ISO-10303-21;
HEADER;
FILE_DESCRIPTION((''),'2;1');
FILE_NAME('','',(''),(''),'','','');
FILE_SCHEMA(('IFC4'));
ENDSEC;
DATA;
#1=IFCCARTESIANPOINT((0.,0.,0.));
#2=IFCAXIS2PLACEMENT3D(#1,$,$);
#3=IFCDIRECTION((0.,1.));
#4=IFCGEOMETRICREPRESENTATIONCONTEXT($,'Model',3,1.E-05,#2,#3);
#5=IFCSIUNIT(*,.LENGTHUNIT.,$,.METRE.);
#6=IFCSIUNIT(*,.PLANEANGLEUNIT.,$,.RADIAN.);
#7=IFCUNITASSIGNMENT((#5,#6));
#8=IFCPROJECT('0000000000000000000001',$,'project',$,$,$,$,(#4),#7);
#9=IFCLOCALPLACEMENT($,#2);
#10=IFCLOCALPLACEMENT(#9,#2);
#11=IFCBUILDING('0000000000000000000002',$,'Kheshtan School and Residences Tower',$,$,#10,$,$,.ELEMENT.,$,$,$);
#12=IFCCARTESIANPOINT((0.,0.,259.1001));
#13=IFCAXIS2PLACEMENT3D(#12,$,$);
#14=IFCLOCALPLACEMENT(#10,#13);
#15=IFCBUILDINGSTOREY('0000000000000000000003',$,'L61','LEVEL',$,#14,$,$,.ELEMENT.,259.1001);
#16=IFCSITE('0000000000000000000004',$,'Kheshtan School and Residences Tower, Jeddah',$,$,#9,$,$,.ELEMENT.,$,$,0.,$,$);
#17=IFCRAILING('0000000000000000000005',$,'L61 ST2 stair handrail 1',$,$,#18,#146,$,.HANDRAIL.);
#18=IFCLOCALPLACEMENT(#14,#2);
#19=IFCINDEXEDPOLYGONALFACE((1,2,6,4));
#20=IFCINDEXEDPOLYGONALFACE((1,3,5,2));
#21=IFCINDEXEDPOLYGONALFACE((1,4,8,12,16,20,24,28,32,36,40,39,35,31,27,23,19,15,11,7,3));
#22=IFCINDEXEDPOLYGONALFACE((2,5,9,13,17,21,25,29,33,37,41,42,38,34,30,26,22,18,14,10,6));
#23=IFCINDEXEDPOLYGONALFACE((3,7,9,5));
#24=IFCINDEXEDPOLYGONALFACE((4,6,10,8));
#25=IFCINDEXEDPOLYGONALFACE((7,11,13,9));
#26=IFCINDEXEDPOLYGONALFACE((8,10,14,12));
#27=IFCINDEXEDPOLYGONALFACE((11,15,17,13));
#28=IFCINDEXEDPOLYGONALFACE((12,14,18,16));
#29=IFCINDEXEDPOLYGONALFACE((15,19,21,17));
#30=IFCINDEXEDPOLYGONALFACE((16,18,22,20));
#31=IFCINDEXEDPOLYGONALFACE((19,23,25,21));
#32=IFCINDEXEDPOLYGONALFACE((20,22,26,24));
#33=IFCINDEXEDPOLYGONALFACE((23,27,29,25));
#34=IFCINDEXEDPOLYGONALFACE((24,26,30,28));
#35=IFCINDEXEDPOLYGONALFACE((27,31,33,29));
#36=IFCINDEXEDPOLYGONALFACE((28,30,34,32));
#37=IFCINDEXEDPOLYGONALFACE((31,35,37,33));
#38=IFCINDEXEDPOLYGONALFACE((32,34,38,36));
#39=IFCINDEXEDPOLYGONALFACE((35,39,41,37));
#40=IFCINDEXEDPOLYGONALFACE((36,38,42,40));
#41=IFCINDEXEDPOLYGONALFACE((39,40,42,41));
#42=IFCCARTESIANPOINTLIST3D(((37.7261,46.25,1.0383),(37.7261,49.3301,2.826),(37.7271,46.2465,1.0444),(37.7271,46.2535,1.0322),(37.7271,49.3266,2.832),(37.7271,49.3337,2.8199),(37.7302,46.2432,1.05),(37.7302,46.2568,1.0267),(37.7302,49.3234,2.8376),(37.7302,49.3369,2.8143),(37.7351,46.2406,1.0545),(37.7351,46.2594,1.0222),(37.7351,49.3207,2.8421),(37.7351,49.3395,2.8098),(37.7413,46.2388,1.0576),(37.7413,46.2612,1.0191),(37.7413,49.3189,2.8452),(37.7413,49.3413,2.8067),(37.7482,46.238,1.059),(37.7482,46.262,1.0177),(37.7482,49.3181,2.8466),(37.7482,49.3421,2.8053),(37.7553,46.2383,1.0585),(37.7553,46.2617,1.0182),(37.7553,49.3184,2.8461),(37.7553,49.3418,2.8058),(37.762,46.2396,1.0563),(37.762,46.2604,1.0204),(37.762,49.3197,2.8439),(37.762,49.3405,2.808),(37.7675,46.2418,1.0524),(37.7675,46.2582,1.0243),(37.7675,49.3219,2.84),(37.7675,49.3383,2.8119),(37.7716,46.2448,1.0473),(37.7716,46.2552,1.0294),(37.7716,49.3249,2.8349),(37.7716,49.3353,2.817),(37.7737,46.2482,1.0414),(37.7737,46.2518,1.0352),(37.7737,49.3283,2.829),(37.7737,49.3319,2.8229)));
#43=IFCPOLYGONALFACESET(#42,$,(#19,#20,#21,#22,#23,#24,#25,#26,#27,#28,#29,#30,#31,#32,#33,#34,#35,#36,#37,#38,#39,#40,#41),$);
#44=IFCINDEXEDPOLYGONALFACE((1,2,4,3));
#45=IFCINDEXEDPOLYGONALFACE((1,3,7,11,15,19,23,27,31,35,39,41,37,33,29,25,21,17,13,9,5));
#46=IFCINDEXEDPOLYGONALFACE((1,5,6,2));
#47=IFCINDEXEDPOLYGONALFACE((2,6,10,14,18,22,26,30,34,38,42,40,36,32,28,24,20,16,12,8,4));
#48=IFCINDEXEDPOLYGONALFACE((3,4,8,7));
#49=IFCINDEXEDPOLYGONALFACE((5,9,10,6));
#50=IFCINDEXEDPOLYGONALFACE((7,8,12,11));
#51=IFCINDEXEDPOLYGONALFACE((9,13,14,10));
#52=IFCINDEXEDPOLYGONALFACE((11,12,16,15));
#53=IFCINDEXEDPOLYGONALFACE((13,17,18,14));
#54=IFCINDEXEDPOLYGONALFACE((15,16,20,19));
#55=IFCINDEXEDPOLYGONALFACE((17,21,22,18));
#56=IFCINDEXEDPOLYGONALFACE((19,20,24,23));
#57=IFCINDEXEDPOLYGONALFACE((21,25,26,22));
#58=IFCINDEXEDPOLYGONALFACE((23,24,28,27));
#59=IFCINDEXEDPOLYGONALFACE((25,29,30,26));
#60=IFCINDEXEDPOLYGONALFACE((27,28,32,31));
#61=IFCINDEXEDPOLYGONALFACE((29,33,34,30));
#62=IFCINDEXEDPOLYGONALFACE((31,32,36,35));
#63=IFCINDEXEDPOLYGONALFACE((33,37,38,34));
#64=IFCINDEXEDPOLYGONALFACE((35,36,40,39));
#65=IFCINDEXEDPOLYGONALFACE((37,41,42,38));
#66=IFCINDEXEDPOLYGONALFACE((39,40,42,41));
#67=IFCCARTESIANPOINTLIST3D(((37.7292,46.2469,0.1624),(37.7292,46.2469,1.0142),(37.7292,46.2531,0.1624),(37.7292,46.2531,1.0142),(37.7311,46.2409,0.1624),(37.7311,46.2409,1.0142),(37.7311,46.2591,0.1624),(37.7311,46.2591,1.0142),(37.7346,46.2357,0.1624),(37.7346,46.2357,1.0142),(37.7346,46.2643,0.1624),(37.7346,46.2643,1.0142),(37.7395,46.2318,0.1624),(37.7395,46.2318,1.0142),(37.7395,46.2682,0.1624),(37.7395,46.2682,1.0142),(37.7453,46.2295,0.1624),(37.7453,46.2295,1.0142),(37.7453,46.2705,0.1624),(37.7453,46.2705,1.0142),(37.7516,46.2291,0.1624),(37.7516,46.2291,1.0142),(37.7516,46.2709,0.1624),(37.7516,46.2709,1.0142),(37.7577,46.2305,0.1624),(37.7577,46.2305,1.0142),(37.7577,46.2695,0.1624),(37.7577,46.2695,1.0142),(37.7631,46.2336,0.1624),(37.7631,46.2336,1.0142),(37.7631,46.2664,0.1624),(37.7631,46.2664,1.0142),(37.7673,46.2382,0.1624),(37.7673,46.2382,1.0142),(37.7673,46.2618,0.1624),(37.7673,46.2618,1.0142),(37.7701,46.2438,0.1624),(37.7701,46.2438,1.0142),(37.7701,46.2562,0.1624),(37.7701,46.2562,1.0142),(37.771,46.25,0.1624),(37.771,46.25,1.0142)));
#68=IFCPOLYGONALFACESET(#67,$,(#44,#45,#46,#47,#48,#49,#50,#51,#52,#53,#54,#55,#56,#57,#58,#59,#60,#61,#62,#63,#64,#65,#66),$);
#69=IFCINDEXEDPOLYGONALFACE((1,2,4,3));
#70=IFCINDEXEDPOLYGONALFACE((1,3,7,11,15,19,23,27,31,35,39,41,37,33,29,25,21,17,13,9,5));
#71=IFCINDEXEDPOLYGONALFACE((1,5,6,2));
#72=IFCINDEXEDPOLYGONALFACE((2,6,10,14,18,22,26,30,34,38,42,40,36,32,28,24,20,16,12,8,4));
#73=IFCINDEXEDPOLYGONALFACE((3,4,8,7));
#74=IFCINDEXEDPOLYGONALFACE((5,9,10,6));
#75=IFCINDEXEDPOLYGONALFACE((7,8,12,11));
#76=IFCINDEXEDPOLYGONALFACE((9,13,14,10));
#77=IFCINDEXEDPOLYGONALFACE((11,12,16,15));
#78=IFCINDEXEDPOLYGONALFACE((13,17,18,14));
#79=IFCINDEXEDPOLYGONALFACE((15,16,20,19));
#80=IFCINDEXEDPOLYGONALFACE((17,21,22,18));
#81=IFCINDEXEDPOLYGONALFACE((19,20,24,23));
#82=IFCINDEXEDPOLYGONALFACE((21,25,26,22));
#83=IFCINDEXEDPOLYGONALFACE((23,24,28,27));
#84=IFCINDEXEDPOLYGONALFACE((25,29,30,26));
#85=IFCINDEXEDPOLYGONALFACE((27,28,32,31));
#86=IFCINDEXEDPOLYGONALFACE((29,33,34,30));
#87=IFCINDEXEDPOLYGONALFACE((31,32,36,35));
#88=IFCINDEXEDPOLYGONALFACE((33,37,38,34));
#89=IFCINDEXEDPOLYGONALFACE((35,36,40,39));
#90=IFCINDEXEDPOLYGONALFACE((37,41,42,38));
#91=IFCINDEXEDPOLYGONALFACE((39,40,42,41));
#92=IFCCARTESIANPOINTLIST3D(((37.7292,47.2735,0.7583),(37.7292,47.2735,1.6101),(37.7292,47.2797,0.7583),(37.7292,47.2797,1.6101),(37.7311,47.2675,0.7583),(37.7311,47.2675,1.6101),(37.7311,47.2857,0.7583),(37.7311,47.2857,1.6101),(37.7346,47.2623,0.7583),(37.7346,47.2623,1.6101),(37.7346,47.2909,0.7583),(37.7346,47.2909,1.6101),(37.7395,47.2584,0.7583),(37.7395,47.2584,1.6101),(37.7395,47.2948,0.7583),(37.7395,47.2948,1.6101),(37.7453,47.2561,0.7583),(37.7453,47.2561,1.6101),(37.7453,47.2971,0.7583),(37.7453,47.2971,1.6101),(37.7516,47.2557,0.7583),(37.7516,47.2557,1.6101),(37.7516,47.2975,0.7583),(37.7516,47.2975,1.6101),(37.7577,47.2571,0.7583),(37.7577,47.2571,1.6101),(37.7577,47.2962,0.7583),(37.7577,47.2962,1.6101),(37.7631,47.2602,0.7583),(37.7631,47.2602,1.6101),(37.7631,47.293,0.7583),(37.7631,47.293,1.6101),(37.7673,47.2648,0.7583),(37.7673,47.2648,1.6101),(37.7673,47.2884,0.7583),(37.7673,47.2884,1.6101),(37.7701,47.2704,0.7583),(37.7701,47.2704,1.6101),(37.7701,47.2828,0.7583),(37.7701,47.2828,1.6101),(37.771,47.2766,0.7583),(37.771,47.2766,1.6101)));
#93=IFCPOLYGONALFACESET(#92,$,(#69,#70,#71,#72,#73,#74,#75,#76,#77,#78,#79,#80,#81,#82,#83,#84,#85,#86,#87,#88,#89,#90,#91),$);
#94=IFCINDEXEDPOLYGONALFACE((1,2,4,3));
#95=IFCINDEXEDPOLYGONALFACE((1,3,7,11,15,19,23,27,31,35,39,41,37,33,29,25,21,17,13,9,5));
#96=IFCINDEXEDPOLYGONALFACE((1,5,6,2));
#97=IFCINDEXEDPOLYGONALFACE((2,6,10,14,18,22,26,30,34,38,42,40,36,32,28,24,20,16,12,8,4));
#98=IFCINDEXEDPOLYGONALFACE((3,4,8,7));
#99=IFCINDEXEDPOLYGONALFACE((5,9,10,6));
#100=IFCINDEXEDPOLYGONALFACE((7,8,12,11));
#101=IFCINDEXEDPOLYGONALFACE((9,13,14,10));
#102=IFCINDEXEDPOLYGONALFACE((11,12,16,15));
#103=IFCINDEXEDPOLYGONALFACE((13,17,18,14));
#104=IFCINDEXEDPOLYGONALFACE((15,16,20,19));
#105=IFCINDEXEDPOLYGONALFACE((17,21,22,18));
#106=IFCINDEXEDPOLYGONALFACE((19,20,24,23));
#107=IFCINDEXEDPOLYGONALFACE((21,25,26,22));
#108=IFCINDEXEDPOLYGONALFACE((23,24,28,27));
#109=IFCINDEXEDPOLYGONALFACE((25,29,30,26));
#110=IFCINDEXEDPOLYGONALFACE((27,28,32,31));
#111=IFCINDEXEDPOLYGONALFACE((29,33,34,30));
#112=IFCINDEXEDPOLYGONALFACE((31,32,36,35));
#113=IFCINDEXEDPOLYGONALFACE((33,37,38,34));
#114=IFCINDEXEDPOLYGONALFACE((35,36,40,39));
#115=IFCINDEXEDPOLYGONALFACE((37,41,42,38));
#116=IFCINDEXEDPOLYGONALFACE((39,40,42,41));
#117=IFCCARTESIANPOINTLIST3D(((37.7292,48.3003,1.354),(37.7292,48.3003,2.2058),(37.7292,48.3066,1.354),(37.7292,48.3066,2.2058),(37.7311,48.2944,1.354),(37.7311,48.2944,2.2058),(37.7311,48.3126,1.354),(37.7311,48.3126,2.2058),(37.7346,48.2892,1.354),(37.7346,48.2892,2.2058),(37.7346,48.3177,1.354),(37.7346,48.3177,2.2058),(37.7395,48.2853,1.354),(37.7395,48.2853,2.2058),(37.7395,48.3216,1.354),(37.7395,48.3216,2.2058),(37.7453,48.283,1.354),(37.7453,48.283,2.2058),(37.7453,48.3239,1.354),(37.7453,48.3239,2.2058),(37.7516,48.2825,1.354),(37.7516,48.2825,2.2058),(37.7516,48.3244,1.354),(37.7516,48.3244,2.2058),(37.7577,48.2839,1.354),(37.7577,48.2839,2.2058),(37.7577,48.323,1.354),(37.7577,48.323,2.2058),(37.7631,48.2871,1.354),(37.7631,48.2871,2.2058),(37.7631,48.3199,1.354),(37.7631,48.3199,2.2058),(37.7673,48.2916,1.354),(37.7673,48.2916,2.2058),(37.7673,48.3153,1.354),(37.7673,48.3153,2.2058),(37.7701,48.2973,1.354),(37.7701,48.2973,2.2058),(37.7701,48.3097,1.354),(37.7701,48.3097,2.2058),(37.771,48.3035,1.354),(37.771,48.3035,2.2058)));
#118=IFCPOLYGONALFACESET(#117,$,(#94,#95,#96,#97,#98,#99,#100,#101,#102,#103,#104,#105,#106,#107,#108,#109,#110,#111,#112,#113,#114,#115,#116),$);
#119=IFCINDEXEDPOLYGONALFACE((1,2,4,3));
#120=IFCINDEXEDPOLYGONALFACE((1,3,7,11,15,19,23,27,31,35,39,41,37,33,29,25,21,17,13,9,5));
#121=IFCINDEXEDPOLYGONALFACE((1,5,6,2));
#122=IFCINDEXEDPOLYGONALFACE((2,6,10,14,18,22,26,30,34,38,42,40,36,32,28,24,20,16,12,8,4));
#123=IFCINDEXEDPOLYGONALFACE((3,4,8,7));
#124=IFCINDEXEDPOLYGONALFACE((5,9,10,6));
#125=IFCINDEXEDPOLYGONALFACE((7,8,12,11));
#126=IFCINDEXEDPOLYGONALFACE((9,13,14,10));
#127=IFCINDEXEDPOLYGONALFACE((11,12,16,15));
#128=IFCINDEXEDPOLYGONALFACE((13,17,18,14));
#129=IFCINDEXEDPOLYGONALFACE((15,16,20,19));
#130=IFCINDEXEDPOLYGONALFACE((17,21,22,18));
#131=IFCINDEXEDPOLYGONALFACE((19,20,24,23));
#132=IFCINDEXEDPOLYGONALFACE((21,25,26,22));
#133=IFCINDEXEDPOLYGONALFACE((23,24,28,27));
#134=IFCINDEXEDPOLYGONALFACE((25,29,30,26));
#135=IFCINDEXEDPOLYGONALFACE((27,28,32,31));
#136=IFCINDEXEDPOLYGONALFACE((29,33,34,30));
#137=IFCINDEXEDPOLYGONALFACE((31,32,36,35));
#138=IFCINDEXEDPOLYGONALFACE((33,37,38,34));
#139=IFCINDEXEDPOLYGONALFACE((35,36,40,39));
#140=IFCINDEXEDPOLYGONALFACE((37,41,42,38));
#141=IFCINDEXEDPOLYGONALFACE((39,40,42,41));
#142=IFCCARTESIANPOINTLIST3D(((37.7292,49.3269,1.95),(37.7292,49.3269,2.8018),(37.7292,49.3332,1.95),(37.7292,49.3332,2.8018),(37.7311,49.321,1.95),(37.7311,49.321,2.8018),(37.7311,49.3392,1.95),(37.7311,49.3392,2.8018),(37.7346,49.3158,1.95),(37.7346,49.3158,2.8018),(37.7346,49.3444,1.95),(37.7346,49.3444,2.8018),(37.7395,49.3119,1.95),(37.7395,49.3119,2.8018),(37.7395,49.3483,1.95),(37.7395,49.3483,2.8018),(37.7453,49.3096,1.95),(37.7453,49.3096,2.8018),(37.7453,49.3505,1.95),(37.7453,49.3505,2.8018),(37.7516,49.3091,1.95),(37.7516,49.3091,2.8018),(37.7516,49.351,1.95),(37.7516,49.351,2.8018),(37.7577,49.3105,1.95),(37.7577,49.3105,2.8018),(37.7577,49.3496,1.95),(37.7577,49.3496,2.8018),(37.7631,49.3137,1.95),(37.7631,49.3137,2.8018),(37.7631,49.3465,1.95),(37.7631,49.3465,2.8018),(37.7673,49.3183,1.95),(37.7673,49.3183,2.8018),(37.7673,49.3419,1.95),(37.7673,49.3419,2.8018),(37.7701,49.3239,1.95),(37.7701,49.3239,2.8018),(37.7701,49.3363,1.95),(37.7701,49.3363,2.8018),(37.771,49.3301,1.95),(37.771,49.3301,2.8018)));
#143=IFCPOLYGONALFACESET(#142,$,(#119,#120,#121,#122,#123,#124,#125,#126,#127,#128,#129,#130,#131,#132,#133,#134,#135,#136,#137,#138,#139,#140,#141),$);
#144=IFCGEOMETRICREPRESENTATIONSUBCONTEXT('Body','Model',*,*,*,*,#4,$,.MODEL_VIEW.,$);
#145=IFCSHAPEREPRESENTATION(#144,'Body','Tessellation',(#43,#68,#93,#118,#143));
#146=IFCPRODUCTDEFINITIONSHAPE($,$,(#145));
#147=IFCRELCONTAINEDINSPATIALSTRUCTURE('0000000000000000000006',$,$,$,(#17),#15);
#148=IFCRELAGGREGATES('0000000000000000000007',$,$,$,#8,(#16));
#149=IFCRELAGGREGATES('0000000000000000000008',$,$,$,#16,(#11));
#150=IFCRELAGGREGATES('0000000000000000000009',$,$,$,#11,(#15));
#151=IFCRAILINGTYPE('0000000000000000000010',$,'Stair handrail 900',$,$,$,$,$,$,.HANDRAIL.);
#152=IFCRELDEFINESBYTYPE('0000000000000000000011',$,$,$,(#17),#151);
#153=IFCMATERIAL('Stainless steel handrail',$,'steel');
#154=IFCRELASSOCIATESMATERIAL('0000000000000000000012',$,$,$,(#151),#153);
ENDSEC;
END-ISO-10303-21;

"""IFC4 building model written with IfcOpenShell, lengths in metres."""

from ifc_helpers import new_model, si_unit, direction, frame, origin, origin_2d, place, context, subcontext, project, spatial, circle, extrude, material, type_object, element, save


model = new_model("IFC4")

# Units and contexts
model_context = context("Model", 3, precision=1e-05, world=origin(), true_north=direction((0.0, 1.0)))
body_context = subcontext(model_context, "Body", "Model", "MODEL_VIEW")
ifc_project = project(units=[si_unit("LENGTHUNIT", "METRE"), si_unit("PLANEANGLEUNIT", "RADIAN")], contexts=[model_context])

# Site, building, storey
site_placement = place(None, origin())
site = spatial("IfcSite", under=ifc_project, at=site_placement, Name="Kheshtan School and Residences Tower, Jeddah", CompositionType="ELEMENT", RefElevation=0.0)
building_placement = place(site_placement, origin())
building = spatial("IfcBuilding", under=site, at=building_placement, Name="Kheshtan School and Residences Tower", CompositionType="ELEMENT")
storey_placement = place(building_placement, frame((0.0, 0.0, 259.1001)))
storey = spatial("IfcBuildingStorey", under=building, at=storey_placement, Name="L61", Description="LEVEL", CompositionType="ELEMENT", Elevation=259.1001)

# Railing
ifc_material_1 = material(Name="Stainless steel handrail", Category="steel")
railing_type_1 = type_object("IfcRailingType", Name="Stair handrail 900", PredefinedType="HANDRAIL", material=ifc_material_1)
railing_1_placement = place(storey_placement, frame((37.75, 46.25, 0.1624)))
element("IfcRailing", 1, at=railing_1_placement, inside=storey, type_object=railing_type_1, Name="L61 ST2 stair handrail 1", PredefinedType="HANDRAIL", context=body_context, shape_type="SweptSolid", body=[
    extrude(circle(Radius=0.0239, at=origin_2d()), frame((0.0, 0.0, 0.876), z_axis=(0.0, 0.864891, 0.50196), x_axis=(-1.0, 0.0, 0.0)), (0.0, 0.0, 1.0), 3.5613),
    extrude(circle(Radius=0.021, at=origin_2d()), origin(), (0.0, 0.0, 1.0), 0.8518),
    extrude(circle(Radius=0.021, at=origin_2d()), frame((0.0, 1.0266, 0.5959)), (0.0, 0.0, 1.0), 0.8518),
    extrude(circle(Radius=0.021, at=origin_2d()), frame((0.0, 2.0535, 1.1917)), (0.0, 0.0, 1.0), 0.8518),
    extrude(circle(Radius=0.021, at=origin_2d()), frame((0.0, 3.0801, 1.7876)), (0.0, 0.0, 1.0), 0.8518),
])

save(model, "model.ifc")
